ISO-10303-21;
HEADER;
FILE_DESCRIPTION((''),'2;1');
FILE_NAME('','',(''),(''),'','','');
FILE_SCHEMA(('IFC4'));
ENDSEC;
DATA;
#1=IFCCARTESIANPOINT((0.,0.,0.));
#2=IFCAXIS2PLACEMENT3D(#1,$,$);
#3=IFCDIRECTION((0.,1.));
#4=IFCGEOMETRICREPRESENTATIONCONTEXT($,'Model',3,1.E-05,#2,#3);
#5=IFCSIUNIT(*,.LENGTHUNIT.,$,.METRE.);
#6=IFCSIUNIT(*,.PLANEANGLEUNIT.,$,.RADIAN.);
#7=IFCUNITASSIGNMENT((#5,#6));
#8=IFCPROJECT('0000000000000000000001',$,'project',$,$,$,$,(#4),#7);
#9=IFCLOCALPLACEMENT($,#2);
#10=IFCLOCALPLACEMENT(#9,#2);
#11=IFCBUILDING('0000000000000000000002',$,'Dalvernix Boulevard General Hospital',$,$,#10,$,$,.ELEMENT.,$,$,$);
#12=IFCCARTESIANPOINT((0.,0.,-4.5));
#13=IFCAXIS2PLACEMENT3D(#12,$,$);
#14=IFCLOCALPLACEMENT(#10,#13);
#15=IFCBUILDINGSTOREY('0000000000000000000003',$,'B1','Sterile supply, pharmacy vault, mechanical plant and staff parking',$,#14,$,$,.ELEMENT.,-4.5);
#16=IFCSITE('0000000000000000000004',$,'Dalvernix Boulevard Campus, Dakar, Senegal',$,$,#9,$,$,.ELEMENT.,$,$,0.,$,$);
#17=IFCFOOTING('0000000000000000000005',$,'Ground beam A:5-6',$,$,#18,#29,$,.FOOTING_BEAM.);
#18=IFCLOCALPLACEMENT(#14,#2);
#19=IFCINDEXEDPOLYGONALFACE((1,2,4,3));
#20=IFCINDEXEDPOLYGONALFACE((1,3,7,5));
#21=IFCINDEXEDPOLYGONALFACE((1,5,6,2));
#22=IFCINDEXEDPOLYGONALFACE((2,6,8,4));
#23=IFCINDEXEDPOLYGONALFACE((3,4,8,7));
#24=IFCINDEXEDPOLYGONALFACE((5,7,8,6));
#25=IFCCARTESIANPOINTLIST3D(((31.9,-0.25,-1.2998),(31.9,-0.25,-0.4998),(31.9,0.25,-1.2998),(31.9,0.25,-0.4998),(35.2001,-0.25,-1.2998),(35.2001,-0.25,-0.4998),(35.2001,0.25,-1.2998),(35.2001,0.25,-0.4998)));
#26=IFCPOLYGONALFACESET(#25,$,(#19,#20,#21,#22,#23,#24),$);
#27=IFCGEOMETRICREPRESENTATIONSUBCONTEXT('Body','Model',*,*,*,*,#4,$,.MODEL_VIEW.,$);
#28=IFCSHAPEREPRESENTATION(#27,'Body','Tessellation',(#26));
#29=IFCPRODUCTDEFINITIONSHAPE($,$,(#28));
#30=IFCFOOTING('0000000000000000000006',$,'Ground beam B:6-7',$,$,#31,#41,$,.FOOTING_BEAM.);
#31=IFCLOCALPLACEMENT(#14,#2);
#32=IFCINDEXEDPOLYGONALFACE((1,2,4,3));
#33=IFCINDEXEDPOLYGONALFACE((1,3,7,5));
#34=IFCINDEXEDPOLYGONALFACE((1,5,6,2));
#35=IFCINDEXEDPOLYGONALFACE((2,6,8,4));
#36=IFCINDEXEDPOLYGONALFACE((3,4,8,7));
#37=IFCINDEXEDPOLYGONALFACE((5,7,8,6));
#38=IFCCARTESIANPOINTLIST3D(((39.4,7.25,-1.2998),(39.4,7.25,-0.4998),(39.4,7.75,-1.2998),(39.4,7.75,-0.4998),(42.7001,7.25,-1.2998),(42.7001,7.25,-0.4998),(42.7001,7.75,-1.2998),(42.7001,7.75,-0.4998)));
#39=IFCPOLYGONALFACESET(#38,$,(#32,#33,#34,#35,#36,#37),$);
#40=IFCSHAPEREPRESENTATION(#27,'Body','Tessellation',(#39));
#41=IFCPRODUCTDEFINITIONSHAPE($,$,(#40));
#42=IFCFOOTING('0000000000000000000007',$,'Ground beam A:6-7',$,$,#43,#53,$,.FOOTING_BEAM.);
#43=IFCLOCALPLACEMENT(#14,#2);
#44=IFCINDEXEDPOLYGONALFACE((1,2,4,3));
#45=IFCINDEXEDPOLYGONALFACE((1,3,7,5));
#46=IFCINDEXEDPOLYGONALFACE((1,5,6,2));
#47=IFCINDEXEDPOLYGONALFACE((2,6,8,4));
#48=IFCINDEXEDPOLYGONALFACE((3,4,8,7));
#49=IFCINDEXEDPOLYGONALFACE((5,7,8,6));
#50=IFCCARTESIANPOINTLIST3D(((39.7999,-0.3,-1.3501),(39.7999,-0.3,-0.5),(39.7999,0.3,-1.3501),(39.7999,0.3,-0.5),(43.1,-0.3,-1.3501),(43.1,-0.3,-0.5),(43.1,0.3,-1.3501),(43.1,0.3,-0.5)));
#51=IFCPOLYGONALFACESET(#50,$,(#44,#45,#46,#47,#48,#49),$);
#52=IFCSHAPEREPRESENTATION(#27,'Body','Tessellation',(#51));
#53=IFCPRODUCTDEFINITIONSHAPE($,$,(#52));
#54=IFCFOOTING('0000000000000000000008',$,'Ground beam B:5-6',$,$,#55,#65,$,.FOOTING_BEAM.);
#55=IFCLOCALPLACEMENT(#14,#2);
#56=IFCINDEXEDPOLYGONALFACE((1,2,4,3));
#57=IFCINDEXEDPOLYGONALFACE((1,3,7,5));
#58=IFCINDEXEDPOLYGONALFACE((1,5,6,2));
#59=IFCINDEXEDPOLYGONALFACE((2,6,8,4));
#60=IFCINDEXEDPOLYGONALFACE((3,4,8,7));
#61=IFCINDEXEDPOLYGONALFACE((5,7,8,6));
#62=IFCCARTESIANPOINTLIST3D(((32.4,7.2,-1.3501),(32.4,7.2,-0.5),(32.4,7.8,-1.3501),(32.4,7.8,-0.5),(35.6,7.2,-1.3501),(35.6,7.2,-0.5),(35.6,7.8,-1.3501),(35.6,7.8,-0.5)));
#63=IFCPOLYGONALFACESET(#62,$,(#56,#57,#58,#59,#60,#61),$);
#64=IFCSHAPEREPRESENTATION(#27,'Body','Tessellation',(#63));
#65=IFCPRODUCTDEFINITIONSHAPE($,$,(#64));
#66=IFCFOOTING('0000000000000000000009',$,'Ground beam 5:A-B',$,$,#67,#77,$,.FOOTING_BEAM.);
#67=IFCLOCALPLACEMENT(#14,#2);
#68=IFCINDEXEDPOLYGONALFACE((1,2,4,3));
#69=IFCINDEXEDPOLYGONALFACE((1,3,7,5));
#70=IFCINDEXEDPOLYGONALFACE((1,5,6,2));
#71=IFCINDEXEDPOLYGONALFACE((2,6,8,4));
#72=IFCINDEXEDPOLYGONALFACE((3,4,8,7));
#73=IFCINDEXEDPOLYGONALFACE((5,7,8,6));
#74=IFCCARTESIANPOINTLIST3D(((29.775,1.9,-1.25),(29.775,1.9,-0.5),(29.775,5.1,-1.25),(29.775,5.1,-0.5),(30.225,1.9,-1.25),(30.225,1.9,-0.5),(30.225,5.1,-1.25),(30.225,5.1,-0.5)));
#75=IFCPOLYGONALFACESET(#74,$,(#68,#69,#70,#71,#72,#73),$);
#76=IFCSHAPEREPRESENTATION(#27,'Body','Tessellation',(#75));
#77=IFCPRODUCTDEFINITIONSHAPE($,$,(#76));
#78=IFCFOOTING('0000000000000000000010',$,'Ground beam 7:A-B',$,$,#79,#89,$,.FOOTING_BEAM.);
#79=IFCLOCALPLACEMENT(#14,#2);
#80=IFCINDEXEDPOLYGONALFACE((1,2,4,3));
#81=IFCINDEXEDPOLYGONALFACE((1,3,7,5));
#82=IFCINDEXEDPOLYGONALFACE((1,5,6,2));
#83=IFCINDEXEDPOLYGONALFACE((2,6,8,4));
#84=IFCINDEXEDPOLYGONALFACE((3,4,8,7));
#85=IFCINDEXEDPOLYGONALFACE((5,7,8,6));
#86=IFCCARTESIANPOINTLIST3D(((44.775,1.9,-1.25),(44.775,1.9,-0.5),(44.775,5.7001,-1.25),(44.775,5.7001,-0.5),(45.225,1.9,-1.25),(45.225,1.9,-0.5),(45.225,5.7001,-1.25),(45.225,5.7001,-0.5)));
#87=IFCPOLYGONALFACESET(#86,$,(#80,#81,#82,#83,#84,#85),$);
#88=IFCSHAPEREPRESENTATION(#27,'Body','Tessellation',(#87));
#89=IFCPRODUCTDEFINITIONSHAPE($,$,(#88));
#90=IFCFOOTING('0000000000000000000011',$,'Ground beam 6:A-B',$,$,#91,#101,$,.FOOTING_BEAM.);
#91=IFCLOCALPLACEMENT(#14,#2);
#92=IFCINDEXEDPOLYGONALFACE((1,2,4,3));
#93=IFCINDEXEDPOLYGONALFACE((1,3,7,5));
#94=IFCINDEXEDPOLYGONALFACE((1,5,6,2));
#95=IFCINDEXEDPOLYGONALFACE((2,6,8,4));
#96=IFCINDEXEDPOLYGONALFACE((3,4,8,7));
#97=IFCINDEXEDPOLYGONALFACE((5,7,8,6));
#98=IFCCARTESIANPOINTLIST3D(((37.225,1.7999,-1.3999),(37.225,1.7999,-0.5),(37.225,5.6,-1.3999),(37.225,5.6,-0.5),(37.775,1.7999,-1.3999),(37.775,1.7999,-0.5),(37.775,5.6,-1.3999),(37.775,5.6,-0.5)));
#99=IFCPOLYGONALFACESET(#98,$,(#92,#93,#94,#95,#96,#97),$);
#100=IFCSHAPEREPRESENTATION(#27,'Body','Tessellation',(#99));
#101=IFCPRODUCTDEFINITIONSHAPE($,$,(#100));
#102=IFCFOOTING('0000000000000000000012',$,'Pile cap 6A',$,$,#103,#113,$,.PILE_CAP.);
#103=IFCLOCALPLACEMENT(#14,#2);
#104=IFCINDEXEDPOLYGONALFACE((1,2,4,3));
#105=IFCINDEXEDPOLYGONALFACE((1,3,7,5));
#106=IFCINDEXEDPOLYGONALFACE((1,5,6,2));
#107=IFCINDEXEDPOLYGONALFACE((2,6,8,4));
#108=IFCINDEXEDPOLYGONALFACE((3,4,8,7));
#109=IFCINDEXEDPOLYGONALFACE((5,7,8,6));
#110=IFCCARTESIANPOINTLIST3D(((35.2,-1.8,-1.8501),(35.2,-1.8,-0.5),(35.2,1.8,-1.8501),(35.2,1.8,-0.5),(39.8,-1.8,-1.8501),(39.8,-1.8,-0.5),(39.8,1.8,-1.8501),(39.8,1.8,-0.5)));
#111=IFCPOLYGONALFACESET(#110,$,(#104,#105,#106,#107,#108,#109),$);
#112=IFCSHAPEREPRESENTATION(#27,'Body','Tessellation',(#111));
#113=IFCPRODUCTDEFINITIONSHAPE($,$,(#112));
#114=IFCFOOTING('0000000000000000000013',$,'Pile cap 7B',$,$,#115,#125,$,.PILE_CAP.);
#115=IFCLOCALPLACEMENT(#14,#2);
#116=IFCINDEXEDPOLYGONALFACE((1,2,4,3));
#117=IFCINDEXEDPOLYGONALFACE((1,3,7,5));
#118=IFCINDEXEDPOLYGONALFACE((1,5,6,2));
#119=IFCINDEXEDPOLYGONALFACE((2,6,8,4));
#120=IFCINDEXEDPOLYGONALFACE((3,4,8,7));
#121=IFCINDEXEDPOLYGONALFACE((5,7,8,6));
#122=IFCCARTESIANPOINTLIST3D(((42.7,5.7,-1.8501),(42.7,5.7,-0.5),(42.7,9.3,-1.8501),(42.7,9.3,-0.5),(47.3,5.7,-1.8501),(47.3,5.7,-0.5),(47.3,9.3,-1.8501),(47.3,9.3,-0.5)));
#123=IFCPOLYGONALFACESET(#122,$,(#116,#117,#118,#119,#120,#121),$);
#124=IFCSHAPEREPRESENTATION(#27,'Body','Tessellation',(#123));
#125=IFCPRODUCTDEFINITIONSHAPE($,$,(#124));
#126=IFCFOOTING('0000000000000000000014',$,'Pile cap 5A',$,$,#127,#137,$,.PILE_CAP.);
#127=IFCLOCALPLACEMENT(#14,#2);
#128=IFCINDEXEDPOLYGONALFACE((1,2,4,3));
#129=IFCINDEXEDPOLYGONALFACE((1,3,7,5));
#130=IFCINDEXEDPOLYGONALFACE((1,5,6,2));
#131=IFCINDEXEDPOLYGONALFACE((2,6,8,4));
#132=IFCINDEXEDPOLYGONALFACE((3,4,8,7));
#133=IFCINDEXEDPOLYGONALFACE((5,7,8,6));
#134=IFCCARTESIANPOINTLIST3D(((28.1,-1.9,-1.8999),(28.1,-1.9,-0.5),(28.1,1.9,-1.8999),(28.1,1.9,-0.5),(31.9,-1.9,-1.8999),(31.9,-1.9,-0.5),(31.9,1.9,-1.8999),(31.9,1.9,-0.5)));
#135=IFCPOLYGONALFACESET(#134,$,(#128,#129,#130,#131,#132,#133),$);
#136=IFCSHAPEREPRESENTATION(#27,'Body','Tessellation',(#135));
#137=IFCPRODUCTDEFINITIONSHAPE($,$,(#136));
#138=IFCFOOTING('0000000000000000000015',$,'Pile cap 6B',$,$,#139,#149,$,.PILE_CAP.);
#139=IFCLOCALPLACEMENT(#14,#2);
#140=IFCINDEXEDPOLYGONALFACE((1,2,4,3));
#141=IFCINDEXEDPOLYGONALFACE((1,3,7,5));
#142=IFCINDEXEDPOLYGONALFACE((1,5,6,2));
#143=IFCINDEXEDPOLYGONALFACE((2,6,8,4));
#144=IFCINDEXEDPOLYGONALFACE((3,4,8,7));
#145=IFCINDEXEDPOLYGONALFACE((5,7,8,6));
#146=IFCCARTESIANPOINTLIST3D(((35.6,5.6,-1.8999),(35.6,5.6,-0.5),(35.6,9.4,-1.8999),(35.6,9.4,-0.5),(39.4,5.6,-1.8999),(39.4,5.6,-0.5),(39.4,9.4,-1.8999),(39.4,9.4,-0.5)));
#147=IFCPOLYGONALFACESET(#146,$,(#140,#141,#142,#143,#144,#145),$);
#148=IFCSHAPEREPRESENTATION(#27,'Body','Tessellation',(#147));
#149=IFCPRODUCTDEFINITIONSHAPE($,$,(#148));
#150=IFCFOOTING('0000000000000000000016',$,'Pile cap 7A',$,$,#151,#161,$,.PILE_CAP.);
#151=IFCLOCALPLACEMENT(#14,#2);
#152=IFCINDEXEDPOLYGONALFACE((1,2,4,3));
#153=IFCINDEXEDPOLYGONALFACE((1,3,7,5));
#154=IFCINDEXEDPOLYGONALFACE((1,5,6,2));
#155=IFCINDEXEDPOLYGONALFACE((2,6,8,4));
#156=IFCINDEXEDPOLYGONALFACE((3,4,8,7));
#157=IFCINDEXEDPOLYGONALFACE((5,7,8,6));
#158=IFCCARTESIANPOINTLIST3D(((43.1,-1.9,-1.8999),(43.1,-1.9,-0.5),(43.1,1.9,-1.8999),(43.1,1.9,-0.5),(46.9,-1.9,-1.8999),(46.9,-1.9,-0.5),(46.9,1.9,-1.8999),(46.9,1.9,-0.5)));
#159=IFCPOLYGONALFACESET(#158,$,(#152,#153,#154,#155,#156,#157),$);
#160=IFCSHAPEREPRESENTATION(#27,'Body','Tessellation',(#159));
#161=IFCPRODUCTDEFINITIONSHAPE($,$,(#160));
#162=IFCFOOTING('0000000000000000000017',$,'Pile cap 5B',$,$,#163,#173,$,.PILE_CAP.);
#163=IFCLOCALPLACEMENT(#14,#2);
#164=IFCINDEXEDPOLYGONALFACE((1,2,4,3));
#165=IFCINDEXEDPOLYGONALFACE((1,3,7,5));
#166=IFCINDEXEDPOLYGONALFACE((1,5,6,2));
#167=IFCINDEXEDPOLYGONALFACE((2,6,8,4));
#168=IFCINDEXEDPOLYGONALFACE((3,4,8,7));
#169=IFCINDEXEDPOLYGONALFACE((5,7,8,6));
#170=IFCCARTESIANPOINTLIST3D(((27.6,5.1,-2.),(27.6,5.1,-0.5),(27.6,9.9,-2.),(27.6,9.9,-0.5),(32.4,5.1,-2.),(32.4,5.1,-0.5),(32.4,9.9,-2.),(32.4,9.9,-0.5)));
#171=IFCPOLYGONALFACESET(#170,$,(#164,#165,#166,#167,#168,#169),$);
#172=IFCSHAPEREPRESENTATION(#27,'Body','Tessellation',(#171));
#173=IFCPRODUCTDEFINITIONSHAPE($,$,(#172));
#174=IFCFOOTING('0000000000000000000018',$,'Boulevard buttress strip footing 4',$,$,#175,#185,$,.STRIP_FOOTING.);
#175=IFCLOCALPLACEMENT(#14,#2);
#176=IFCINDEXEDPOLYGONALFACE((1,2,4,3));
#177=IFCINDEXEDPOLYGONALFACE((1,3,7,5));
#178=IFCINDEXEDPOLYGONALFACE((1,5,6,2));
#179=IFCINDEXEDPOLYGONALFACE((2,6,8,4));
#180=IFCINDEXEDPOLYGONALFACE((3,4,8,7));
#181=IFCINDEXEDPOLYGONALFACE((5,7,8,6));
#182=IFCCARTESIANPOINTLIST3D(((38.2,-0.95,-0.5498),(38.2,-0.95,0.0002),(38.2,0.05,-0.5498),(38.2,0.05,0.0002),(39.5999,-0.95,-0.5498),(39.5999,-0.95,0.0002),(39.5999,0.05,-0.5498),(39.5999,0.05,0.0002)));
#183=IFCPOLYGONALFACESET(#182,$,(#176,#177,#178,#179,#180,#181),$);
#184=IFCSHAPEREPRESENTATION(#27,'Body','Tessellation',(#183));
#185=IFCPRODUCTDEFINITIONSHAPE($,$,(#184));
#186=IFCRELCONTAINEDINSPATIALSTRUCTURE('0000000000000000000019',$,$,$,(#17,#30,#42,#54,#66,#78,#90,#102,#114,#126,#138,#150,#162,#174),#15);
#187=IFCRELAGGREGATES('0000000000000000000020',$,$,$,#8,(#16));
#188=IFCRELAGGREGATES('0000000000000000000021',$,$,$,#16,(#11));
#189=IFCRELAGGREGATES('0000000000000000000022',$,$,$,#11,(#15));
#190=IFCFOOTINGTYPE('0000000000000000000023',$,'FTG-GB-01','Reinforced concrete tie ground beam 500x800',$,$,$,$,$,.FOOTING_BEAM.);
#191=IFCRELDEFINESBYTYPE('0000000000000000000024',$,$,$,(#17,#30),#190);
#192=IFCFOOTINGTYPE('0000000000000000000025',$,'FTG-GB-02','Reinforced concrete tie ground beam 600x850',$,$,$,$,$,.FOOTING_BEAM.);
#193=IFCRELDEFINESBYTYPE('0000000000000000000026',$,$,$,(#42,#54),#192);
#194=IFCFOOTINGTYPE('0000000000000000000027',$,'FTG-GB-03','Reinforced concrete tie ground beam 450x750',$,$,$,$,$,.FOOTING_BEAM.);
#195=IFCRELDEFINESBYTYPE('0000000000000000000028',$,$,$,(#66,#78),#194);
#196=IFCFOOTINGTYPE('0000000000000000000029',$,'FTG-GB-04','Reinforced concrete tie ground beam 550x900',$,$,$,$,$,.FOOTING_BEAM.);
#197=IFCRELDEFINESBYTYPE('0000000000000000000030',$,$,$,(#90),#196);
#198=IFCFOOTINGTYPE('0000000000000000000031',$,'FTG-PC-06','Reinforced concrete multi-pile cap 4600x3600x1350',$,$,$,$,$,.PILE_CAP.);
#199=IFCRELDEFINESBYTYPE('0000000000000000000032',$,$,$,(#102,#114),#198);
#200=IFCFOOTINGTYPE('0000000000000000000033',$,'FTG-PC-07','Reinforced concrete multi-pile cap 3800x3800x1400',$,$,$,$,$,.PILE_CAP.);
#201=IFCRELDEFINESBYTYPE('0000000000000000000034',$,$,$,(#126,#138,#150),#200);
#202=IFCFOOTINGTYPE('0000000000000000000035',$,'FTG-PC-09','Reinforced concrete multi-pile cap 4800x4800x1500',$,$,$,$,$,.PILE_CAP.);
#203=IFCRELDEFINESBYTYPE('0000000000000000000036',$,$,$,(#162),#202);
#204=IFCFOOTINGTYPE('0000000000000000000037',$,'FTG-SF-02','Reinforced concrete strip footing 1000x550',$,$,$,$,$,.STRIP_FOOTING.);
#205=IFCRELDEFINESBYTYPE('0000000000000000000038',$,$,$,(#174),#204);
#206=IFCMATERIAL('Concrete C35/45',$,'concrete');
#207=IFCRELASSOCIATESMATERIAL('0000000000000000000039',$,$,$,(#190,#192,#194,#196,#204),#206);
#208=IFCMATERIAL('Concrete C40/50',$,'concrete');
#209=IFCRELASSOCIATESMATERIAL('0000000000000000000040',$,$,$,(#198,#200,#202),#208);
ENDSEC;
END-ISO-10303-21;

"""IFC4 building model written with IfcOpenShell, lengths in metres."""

from ifc_helpers import new_model, si_unit, direction, frame, origin, origin_2d, place, context, subcontext, project, spatial, rectangle, extrude, material, type_object, element, save


model = new_model("IFC4")

# Units and contexts
model_context = context("Model", 3, precision=1e-05, world=origin(), true_north=direction((0.0, 1.0)))
body_context = subcontext(model_context, "Body", "Model", "MODEL_VIEW")
ifc_project = project(units=[si_unit("LENGTHUNIT", "METRE"), si_unit("PLANEANGLEUNIT", "RADIAN")], contexts=[model_context])

# Site, building, storey
site_placement = place(None, origin())
site = spatial("IfcSite", under=ifc_project, at=site_placement, Name="Dalvernix Boulevard Campus, Dakar, Senegal", CompositionType="ELEMENT", RefElevation=0.0)
building_placement = place(site_placement, origin())
building = spatial("IfcBuilding", under=site, at=building_placement, Name="Dalvernix Boulevard General Hospital", CompositionType="ELEMENT")
storey_placement = place(building_placement, frame((0.0, 0.0, -4.5)))
storey = spatial("IfcBuildingStorey", under=building, at=storey_placement, Name="B1", Description="Sterile supply, pharmacy vault, mechanical plant and staff parking", CompositionType="ELEMENT", Elevation=-4.5)

# Footings
ifc_material_1 = material(Name="Concrete C35/45", Category="concrete")
footing_type_1 = type_object("IfcFootingType", Name="FTG-GB-01", Description="Reinforced concrete tie ground beam 500x800", PredefinedType="FOOTING_BEAM", material=ifc_material_1)
for number, where, z_axis, x_axis, name in (
    (1, (33.55, 0.0, -1.2998), (0.0, 0.0, 1.0), (1.0, 0.0, 0.0), "Ground beam A:5-6"),
    (2, (41.05, 7.5, -1.2998), (0.0, 0.0, 1.0), (1.0, 0.0, 0.0), "Ground beam B:6-7"),
):
    element("IfcFooting", number, at=place(storey_placement, frame(where, z_axis=z_axis, x_axis=x_axis)), inside=storey, type_object=footing_type_1, Name=name, PredefinedType="FOOTING_BEAM", context=body_context, shape_type="SweptSolid", body=[
        extrude(rectangle(XDim=3.3, YDim=0.5, at=origin_2d()), origin(), (0.0, 0.0, 1.0), 0.8),
    ])
footing_type_2 = type_object("IfcFootingType", Name="FTG-GB-02", Description="Reinforced concrete tie ground beam 600x850", PredefinedType="FOOTING_BEAM", material=ifc_material_1)
footing_1_placement = place(storey_placement, frame((41.45, 0.0, -1.3501), z_axis=(0.0, 0.0, 1.0), x_axis=(1.0, 0.0, 0.0)))
element("IfcFooting", 3, at=footing_1_placement, inside=storey, type_object=footing_type_2, Name="Ground beam A:6-7", PredefinedType="FOOTING_BEAM", context=body_context, shape_type="SweptSolid", body=[
    extrude(rectangle(XDim=3.3, YDim=0.6001, at=origin_2d()), origin(), (0.0, 0.0, 1.0), 0.8501),
])
footing_2_placement = place(storey_placement, frame((34.0, 7.5, -1.3501), z_axis=(0.0, 0.0, 1.0), x_axis=(1.0, 0.0, 0.0)))
element("IfcFooting", 4, at=footing_2_placement, inside=storey, type_object=footing_type_2, Name="Ground beam B:5-6", PredefinedType="FOOTING_BEAM", context=body_context, shape_type="SweptSolid", body=[
    extrude(rectangle(XDim=3.2, YDim=0.6001, at=origin_2d()), origin(), (0.0, 0.0, 1.0), 0.8501),
])
footing_type_3 = type_object("IfcFootingType", Name="FTG-GB-03", Description="Reinforced concrete tie ground beam 450x750", PredefinedType="FOOTING_BEAM", material=ifc_material_1)
footing_3_placement = place(storey_placement, frame((30.0, 3.5, -1.25), z_axis=(0.0, 0.0, 1.0), x_axis=(0.0, 1.0, 0.0)))
element("IfcFooting", 5, at=footing_3_placement, inside=storey, type_object=footing_type_3, Name="Ground beam 5:A-B", PredefinedType="FOOTING_BEAM", context=body_context, shape_type="SweptSolid", body=[
    extrude(rectangle(XDim=3.2, YDim=0.45, at=origin_2d()), origin(), (0.0, 0.0, 1.0), 0.75),
])
footing_4_placement = place(storey_placement, frame((45.0, 3.8, -1.25), z_axis=(0.0, 0.0, 1.0), x_axis=(0.0, 1.0, 0.0)))
element("IfcFooting", 6, at=footing_4_placement, inside=storey, type_object=footing_type_3, Name="Ground beam 7:A-B", PredefinedType="FOOTING_BEAM", context=body_context, shape_type="SweptSolid", body=[
    extrude(rectangle(XDim=3.8, YDim=0.45, at=origin_2d()), origin(), (0.0, 0.0, 1.0), 0.75),
])
footing_type_4 = type_object("IfcFootingType", Name="FTG-GB-04", Description="Reinforced concrete tie ground beam 550x900", PredefinedType="FOOTING_BEAM", material=ifc_material_1)
footing_5_placement = place(storey_placement, frame((37.5, 3.7, -1.3999), z_axis=(0.0, 0.0, 1.0), x_axis=(0.0, 1.0, 0.0)))
element("IfcFooting", 7, at=footing_5_placement, inside=storey, type_object=footing_type_4, Name="Ground beam 6:A-B", PredefinedType="FOOTING_BEAM", context=body_context, shape_type="SweptSolid", body=[
    extrude(rectangle(XDim=3.8, YDim=0.55, at=origin_2d()), origin(), (0.0, 0.0, 1.0), 0.8999),
])
ifc_material_2 = material(Name="Concrete C40/50", Category="concrete")
footing_type_5 = type_object("IfcFootingType", Name="FTG-PC-06", Description="Reinforced concrete multi-pile cap 4600x3600x1350", PredefinedType="PILE_CAP", material=ifc_material_2)
for number, where, z_axis, x_axis, name in (
    (8, (37.5, 0.0, -1.8501), (0.0, 0.0, 1.0), (1.0, 0.0, 0.0), "Pile cap 6A"),
    (9, (45.0, 7.5, -1.8501), (0.0, 0.0, 1.0), (1.0, 0.0, 0.0), "Pile cap 7B"),
):
    element("IfcFooting", number, at=place(storey_placement, frame(where, z_axis=z_axis, x_axis=x_axis)), inside=storey, type_object=footing_type_5, Name=name, PredefinedType="PILE_CAP", context=body_context, shape_type="SweptSolid", body=[
        extrude(rectangle(XDim=4.6001, YDim=3.6001, at=origin_2d()), origin(), (0.0, 0.0, 1.0), 1.3501),
    ])
footing_type_6 = type_object("IfcFootingType", Name="FTG-PC-07", Description="Reinforced concrete multi-pile cap 3800x3800x1400", PredefinedType="PILE_CAP", material=ifc_material_2)
for number, where, z_axis, x_axis, name in (
    (10, (30.0, 0.0, -1.8999), (0.0, 0.0, 1.0), (1.0, 0.0, 0.0), "Pile cap 5A"),
    (11, (37.5, 7.5, -1.8999), (0.0, 0.0, 1.0), (1.0, 0.0, 0.0), "Pile cap 6B"),
    (12, (45.0, 0.0, -1.8999), (0.0, 0.0, 1.0), (1.0, 0.0, 0.0), "Pile cap 7A"),
):
    element("IfcFooting", number, at=place(storey_placement, frame(where, z_axis=z_axis, x_axis=x_axis)), inside=storey, type_object=footing_type_6, Name=name, PredefinedType="PILE_CAP", context=body_context, shape_type="SweptSolid", body=[
        extrude(rectangle(XDim=3.8, YDim=3.8, at=origin_2d()), origin(), (0.0, 0.0, 1.0), 1.3999),
    ])
footing_type_7 = type_object("IfcFootingType", Name="FTG-PC-09", Description="Reinforced concrete multi-pile cap 4800x4800x1500", PredefinedType="PILE_CAP", material=ifc_material_2)
footing_6_placement = place(storey_placement, frame((30.0, 7.5, -2.0), z_axis=(0.0, 0.0, 1.0), x_axis=(1.0, 0.0, 0.0)))
element("IfcFooting", 13, at=footing_6_placement, inside=storey, type_object=footing_type_7, Name="Pile cap 5B", PredefinedType="PILE_CAP", context=body_context, shape_type="SweptSolid", body=[
    extrude(rectangle(XDim=4.8, YDim=4.8, at=origin_2d()), origin(), (0.0, 0.0, 1.0), 1.5),
])
footing_type_8 = type_object("IfcFootingType", Name="FTG-SF-02", Description="Reinforced concrete strip footing 1000x550", PredefinedType="STRIP_FOOTING", material=ifc_material_1)
footing_7_placement = place(storey_placement, frame((38.8999, -0.45, -0.5498), z_axis=(0.0, 0.0, 1.0), x_axis=(1.0, 0.0, 0.0)))
element("IfcFooting", 14, at=footing_7_placement, inside=storey, type_object=footing_type_8, Name="Boulevard buttress strip footing 4", PredefinedType="STRIP_FOOTING", context=body_context, shape_type="SweptSolid", body=[
    extrude(rectangle(XDim=1.3999, YDim=1.0, at=origin_2d()), origin(), (0.0, 0.0, 1.0), 0.55),
])

save(model, "model.ifc")
